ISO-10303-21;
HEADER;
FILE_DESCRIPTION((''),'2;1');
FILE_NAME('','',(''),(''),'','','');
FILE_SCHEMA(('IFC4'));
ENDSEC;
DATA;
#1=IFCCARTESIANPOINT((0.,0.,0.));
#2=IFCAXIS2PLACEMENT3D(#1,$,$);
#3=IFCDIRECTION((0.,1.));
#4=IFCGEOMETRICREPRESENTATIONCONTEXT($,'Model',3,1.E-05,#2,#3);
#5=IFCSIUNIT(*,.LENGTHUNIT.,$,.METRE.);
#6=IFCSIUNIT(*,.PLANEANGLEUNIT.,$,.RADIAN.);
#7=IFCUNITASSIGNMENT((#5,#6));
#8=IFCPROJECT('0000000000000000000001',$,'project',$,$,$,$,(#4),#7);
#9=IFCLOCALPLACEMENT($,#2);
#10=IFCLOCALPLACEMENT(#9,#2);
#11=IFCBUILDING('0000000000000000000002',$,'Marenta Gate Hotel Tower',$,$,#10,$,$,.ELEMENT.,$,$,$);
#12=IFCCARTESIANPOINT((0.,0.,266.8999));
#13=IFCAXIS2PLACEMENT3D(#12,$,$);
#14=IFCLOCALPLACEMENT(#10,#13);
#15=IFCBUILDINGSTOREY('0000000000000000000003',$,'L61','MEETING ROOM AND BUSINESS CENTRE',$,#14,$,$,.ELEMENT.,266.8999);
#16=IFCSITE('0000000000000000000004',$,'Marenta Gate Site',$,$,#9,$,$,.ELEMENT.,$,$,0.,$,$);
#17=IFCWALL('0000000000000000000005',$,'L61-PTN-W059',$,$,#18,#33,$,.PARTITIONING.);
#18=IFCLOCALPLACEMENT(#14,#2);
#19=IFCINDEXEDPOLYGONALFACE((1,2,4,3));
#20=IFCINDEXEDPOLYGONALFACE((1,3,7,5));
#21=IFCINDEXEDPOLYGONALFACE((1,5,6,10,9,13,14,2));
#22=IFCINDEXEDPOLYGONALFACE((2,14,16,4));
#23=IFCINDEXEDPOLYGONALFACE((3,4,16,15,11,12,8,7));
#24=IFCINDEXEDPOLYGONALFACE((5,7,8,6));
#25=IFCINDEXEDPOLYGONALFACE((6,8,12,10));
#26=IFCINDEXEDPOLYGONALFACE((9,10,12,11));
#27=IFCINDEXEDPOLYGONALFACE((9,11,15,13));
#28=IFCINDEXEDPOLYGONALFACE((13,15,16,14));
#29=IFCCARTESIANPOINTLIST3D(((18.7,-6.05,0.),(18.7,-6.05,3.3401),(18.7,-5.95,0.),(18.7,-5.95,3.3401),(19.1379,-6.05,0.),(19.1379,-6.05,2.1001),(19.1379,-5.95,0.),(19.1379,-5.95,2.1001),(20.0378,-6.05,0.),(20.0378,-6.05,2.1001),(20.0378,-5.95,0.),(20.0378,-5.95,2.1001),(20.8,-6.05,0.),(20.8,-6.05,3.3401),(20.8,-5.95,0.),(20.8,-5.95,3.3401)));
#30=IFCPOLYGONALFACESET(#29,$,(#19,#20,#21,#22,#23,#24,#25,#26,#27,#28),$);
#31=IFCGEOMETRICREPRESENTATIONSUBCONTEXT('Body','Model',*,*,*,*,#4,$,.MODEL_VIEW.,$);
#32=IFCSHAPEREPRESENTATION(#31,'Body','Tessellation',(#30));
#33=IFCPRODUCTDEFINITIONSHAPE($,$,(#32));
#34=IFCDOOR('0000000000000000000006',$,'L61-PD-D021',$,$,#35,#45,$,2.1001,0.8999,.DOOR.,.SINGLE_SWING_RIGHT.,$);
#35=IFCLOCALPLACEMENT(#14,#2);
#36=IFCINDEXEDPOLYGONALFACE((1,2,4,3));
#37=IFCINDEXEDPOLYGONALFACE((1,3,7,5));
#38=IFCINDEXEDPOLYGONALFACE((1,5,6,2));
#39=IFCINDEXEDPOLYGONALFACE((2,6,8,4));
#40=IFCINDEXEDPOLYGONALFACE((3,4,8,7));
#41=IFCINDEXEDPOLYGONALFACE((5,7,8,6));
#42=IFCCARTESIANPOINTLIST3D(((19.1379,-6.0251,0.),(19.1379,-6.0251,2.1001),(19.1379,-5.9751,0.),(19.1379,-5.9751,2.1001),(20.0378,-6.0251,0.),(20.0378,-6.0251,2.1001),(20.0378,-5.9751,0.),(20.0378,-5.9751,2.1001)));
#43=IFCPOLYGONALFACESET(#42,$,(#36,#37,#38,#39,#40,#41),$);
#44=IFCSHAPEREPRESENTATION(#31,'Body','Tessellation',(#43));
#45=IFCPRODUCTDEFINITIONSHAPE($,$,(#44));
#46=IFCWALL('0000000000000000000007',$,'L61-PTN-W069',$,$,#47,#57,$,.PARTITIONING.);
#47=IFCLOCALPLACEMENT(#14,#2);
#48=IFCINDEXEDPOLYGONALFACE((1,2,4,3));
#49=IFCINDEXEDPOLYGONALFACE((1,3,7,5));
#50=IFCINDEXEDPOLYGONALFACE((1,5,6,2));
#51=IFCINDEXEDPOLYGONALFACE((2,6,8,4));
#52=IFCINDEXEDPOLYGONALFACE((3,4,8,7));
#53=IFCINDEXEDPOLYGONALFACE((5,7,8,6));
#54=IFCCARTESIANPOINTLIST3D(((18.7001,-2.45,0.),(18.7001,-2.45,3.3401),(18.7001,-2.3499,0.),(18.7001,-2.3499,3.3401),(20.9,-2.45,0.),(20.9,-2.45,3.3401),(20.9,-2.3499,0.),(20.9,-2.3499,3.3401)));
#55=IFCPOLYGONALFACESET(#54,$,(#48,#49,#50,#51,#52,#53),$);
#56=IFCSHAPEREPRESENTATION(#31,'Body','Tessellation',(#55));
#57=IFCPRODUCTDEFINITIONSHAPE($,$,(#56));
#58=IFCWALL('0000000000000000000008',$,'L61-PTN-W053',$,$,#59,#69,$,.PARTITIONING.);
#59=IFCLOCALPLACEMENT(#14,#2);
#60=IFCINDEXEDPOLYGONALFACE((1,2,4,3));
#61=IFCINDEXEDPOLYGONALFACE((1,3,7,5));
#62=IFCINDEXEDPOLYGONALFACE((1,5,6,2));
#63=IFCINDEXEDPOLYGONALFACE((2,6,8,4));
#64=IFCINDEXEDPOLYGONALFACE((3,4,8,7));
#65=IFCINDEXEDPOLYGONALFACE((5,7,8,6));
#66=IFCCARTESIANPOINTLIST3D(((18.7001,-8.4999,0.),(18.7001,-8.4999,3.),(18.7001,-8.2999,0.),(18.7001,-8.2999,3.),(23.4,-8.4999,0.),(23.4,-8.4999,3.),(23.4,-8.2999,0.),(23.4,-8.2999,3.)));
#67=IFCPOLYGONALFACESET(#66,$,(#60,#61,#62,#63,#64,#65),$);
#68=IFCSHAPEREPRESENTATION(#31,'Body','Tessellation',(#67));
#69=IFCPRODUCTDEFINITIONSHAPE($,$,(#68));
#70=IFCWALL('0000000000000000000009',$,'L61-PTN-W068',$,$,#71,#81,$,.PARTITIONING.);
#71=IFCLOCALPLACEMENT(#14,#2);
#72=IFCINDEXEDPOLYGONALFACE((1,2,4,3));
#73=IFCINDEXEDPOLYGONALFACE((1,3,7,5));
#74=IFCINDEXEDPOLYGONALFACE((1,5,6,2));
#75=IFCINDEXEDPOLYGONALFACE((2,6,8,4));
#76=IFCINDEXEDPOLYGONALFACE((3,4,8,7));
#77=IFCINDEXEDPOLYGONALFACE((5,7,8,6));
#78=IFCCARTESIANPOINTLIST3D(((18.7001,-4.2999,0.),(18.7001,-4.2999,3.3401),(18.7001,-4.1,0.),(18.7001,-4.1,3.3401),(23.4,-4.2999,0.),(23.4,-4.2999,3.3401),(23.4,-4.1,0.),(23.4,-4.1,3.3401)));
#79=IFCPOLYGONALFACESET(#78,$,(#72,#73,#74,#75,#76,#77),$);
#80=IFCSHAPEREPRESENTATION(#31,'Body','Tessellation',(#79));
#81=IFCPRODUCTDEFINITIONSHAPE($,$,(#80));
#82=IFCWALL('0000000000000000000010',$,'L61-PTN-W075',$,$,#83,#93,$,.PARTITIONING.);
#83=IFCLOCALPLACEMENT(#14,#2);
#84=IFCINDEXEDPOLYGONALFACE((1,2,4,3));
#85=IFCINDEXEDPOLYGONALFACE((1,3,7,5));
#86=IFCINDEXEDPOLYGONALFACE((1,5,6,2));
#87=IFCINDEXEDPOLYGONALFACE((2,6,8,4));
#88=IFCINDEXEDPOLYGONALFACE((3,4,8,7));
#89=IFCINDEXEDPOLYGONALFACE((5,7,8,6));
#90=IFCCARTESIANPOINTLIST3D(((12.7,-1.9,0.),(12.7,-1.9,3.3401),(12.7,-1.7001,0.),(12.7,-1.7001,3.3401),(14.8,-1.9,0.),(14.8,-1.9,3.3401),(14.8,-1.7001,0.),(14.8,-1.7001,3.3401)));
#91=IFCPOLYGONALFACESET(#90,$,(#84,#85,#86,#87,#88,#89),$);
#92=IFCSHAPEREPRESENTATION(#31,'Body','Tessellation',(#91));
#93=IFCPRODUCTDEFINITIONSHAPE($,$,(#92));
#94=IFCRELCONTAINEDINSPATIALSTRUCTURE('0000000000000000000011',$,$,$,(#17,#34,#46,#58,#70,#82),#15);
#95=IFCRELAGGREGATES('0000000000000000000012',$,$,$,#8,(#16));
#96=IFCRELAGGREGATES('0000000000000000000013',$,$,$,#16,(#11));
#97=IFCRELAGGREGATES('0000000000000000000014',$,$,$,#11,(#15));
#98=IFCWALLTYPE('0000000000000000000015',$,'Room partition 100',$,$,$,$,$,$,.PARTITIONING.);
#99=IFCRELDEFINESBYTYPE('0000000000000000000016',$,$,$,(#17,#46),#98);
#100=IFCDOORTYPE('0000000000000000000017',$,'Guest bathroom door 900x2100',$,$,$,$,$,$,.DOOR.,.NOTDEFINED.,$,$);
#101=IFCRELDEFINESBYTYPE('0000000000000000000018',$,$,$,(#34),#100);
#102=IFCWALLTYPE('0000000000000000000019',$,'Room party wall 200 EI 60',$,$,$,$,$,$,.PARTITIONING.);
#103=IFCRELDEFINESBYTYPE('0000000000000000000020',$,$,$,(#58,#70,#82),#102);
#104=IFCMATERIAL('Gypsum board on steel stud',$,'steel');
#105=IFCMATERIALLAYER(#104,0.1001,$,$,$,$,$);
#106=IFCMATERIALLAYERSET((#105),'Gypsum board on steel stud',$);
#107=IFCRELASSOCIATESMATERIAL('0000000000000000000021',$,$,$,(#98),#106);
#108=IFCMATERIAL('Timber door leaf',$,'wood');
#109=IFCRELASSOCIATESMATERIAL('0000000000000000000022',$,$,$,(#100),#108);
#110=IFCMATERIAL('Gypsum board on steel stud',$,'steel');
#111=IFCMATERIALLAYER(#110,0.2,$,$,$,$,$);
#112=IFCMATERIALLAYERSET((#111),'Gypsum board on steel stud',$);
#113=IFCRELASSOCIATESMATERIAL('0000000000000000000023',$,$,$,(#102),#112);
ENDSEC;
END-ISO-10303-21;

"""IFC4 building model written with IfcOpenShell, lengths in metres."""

from ifc_helpers import new_model, si_unit, direction, frame, frame_2d, origin, place, context, subcontext, project, spatial, rectangle, extrude, material, layer, layer_set, type_object, element, fill, save


model = new_model("IFC4")

# Units and contexts
model_context = context("Model", 3, precision=1e-05, world=origin(), true_north=direction((0.0, 1.0)))
body_context = subcontext(model_context, "Body", "Model", "MODEL_VIEW")
ifc_project = project(units=[si_unit("LENGTHUNIT", "METRE"), si_unit("PLANEANGLEUNIT", "RADIAN")], contexts=[model_context])

# Site, building, storey
site_placement = place(None, origin())
site = spatial("IfcSite", under=ifc_project, at=site_placement, Name="Marenta Gate Site", CompositionType="ELEMENT", RefElevation=0.0)
building_placement = place(site_placement, origin())
building = spatial("IfcBuilding", under=site, at=building_placement, Name="Marenta Gate Hotel Tower", CompositionType="ELEMENT")
storey_placement = place(building_placement, frame((0.0, 0.0, 266.8999)))
storey = spatial("IfcBuildingStorey", under=building, at=storey_placement, Name="L61", Description="MEETING ROOM AND BUSINESS CENTRE", CompositionType="ELEMENT", Elevation=266.8999)

# Wall, opening, door
ifc_material_1 = material(Name="Gypsum board on steel stud", Category="steel")
ifc_layer_1 = layer(ifc_material_1, 0.1001)
ifc_layer_set_1 = layer_set([ifc_layer_1], Name="Gypsum board on steel stud")
wall_type_1 = type_object("IfcWallType", Name="Room partition 100", PredefinedType="PARTITIONING", material=ifc_layer_set_1)
wall_1_placement = place(storey_placement, frame((18.7, -6.0, 0.0), z_axis=(0.0, 0.0, 1.0), x_axis=(1.0, 0.0, 0.0)))
wall_1 = element("IfcWall", 1, at=wall_1_placement, inside=storey, type_object=wall_type_1, Name="L61-PTN-W059", PredefinedType="PARTITIONING", context=body_context, shape_type="SweptSolid", body=[
    extrude(rectangle(XDim=2.1001, YDim=0.1001, at=frame_2d((1.05, 0.0))), origin(), (0.0, 0.0, 1.0), 3.3401),
])
opening_1_placement = place(wall_1_placement, frame((0.438, 0.0, 0.0)))
opening_1 = element("IfcOpeningElement", 2, at=opening_1_placement, cuts=wall_1, PredefinedType="OPENING", context=body_context, shape_type="SweptSolid", body=[
    extrude(rectangle(XDim=0.8999, YDim=2.1001, at=frame_2d((0.45, 1.05))), frame((0.0, 0.05, 0.0), z_axis=(0.0, -1.0, 0.0), x_axis=(1.0, 0.0, 0.0)), (0.0, 0.0, 1.0), 0.1001),
])
ifc_material_2 = material(Name="Timber door leaf", Category="wood")
door_type_1 = type_object("IfcDoorType", Name="Guest bathroom door 900x2100", OperationType="NOTDEFINED", PredefinedType="DOOR", material=ifc_material_2)
door_1_placement = place(opening_1_placement, origin())
door_1 = element("IfcDoor", 3, at=door_1_placement, inside=storey, type_object=door_type_1, Name="L61-PD-D021", OperationType="SINGLE_SWING_RIGHT", OverallHeight=2.1001, OverallWidth=0.8999, PredefinedType="DOOR", context=body_context, shape_type="SweptSolid", body=[
    extrude(rectangle(XDim=0.8999, YDim=2.1001, at=frame_2d((0.45, 1.05))), frame((0.0, 0.0249, 0.0), z_axis=(0.0, -1.0, 0.0), x_axis=(1.0, 0.0, 0.0)), (0.0, 0.0, 1.0), 0.05),
])
fill(opening_1, door_1)

# Walls
wall_2_placement = place(storey_placement, frame((18.7, -2.3999, 0.0), z_axis=(0.0, 0.0, 1.0), x_axis=(1.0, 0.0, 0.0)))
element("IfcWall", 4, at=wall_2_placement, inside=storey, type_object=wall_type_1, Name="L61-PTN-W069", PredefinedType="PARTITIONING", context=body_context, shape_type="SweptSolid", body=[
    extrude(rectangle(XDim=2.2, YDim=0.1001, at=frame_2d((1.1001, 0.0))), origin(), (0.0, 0.0, 1.0), 3.3401),
])
ifc_material_3 = material(Name="Gypsum board on steel stud", Category="steel")
ifc_layer_2 = layer(ifc_material_3, 0.2)
ifc_layer_set_2 = layer_set([ifc_layer_2], Name="Gypsum board on steel stud")
wall_type_2 = type_object("IfcWallType", Name="Room party wall 200 EI 60", PredefinedType="PARTITIONING", material=ifc_layer_set_2)
wall_3_placement = place(storey_placement, frame((18.7, -8.3999, 0.0), z_axis=(0.0, 0.0, 1.0), x_axis=(1.0, 0.0, 0.0)))
element("IfcWall", 5, at=wall_3_placement, inside=storey, type_object=wall_type_2, Name="L61-PTN-W053", PredefinedType="PARTITIONING", context=body_context, shape_type="SweptSolid", body=[
    extrude(rectangle(XDim=4.7, YDim=0.2, at=frame_2d((2.3501, 0.0))), origin(), (0.0, 0.0, 1.0), 3.0),
])
wall_4_placement = place(storey_placement, frame((18.7, -4.2, 0.0), z_axis=(0.0, 0.0, 1.0), x_axis=(1.0, 0.0, 0.0)))
element("IfcWall", 6, at=wall_4_placement, inside=storey, type_object=wall_type_2, Name="L61-PTN-W068", PredefinedType="PARTITIONING", context=body_context, shape_type="SweptSolid", body=[
    extrude(rectangle(XDim=4.7, YDim=0.2, at=frame_2d((2.3501, 0.0))), origin(), (0.0, 0.0, 1.0), 3.3401),
])
wall_5_placement = place(storey_placement, frame((12.7, -1.8, 0.0), z_axis=(0.0, 0.0, 1.0), x_axis=(1.0, 0.0, 0.0)))
element("IfcWall", 7, at=wall_5_placement, inside=storey, type_object=wall_type_2, Name="L61-PTN-W075", PredefinedType="PARTITIONING", context=body_context, shape_type="SweptSolid", body=[
    extrude(rectangle(XDim=2.1001, YDim=0.2, at=frame_2d((1.05, 0.0))), origin(), (0.0, 0.0, 1.0), 3.3401),
])

save(model, "model.ifc")
